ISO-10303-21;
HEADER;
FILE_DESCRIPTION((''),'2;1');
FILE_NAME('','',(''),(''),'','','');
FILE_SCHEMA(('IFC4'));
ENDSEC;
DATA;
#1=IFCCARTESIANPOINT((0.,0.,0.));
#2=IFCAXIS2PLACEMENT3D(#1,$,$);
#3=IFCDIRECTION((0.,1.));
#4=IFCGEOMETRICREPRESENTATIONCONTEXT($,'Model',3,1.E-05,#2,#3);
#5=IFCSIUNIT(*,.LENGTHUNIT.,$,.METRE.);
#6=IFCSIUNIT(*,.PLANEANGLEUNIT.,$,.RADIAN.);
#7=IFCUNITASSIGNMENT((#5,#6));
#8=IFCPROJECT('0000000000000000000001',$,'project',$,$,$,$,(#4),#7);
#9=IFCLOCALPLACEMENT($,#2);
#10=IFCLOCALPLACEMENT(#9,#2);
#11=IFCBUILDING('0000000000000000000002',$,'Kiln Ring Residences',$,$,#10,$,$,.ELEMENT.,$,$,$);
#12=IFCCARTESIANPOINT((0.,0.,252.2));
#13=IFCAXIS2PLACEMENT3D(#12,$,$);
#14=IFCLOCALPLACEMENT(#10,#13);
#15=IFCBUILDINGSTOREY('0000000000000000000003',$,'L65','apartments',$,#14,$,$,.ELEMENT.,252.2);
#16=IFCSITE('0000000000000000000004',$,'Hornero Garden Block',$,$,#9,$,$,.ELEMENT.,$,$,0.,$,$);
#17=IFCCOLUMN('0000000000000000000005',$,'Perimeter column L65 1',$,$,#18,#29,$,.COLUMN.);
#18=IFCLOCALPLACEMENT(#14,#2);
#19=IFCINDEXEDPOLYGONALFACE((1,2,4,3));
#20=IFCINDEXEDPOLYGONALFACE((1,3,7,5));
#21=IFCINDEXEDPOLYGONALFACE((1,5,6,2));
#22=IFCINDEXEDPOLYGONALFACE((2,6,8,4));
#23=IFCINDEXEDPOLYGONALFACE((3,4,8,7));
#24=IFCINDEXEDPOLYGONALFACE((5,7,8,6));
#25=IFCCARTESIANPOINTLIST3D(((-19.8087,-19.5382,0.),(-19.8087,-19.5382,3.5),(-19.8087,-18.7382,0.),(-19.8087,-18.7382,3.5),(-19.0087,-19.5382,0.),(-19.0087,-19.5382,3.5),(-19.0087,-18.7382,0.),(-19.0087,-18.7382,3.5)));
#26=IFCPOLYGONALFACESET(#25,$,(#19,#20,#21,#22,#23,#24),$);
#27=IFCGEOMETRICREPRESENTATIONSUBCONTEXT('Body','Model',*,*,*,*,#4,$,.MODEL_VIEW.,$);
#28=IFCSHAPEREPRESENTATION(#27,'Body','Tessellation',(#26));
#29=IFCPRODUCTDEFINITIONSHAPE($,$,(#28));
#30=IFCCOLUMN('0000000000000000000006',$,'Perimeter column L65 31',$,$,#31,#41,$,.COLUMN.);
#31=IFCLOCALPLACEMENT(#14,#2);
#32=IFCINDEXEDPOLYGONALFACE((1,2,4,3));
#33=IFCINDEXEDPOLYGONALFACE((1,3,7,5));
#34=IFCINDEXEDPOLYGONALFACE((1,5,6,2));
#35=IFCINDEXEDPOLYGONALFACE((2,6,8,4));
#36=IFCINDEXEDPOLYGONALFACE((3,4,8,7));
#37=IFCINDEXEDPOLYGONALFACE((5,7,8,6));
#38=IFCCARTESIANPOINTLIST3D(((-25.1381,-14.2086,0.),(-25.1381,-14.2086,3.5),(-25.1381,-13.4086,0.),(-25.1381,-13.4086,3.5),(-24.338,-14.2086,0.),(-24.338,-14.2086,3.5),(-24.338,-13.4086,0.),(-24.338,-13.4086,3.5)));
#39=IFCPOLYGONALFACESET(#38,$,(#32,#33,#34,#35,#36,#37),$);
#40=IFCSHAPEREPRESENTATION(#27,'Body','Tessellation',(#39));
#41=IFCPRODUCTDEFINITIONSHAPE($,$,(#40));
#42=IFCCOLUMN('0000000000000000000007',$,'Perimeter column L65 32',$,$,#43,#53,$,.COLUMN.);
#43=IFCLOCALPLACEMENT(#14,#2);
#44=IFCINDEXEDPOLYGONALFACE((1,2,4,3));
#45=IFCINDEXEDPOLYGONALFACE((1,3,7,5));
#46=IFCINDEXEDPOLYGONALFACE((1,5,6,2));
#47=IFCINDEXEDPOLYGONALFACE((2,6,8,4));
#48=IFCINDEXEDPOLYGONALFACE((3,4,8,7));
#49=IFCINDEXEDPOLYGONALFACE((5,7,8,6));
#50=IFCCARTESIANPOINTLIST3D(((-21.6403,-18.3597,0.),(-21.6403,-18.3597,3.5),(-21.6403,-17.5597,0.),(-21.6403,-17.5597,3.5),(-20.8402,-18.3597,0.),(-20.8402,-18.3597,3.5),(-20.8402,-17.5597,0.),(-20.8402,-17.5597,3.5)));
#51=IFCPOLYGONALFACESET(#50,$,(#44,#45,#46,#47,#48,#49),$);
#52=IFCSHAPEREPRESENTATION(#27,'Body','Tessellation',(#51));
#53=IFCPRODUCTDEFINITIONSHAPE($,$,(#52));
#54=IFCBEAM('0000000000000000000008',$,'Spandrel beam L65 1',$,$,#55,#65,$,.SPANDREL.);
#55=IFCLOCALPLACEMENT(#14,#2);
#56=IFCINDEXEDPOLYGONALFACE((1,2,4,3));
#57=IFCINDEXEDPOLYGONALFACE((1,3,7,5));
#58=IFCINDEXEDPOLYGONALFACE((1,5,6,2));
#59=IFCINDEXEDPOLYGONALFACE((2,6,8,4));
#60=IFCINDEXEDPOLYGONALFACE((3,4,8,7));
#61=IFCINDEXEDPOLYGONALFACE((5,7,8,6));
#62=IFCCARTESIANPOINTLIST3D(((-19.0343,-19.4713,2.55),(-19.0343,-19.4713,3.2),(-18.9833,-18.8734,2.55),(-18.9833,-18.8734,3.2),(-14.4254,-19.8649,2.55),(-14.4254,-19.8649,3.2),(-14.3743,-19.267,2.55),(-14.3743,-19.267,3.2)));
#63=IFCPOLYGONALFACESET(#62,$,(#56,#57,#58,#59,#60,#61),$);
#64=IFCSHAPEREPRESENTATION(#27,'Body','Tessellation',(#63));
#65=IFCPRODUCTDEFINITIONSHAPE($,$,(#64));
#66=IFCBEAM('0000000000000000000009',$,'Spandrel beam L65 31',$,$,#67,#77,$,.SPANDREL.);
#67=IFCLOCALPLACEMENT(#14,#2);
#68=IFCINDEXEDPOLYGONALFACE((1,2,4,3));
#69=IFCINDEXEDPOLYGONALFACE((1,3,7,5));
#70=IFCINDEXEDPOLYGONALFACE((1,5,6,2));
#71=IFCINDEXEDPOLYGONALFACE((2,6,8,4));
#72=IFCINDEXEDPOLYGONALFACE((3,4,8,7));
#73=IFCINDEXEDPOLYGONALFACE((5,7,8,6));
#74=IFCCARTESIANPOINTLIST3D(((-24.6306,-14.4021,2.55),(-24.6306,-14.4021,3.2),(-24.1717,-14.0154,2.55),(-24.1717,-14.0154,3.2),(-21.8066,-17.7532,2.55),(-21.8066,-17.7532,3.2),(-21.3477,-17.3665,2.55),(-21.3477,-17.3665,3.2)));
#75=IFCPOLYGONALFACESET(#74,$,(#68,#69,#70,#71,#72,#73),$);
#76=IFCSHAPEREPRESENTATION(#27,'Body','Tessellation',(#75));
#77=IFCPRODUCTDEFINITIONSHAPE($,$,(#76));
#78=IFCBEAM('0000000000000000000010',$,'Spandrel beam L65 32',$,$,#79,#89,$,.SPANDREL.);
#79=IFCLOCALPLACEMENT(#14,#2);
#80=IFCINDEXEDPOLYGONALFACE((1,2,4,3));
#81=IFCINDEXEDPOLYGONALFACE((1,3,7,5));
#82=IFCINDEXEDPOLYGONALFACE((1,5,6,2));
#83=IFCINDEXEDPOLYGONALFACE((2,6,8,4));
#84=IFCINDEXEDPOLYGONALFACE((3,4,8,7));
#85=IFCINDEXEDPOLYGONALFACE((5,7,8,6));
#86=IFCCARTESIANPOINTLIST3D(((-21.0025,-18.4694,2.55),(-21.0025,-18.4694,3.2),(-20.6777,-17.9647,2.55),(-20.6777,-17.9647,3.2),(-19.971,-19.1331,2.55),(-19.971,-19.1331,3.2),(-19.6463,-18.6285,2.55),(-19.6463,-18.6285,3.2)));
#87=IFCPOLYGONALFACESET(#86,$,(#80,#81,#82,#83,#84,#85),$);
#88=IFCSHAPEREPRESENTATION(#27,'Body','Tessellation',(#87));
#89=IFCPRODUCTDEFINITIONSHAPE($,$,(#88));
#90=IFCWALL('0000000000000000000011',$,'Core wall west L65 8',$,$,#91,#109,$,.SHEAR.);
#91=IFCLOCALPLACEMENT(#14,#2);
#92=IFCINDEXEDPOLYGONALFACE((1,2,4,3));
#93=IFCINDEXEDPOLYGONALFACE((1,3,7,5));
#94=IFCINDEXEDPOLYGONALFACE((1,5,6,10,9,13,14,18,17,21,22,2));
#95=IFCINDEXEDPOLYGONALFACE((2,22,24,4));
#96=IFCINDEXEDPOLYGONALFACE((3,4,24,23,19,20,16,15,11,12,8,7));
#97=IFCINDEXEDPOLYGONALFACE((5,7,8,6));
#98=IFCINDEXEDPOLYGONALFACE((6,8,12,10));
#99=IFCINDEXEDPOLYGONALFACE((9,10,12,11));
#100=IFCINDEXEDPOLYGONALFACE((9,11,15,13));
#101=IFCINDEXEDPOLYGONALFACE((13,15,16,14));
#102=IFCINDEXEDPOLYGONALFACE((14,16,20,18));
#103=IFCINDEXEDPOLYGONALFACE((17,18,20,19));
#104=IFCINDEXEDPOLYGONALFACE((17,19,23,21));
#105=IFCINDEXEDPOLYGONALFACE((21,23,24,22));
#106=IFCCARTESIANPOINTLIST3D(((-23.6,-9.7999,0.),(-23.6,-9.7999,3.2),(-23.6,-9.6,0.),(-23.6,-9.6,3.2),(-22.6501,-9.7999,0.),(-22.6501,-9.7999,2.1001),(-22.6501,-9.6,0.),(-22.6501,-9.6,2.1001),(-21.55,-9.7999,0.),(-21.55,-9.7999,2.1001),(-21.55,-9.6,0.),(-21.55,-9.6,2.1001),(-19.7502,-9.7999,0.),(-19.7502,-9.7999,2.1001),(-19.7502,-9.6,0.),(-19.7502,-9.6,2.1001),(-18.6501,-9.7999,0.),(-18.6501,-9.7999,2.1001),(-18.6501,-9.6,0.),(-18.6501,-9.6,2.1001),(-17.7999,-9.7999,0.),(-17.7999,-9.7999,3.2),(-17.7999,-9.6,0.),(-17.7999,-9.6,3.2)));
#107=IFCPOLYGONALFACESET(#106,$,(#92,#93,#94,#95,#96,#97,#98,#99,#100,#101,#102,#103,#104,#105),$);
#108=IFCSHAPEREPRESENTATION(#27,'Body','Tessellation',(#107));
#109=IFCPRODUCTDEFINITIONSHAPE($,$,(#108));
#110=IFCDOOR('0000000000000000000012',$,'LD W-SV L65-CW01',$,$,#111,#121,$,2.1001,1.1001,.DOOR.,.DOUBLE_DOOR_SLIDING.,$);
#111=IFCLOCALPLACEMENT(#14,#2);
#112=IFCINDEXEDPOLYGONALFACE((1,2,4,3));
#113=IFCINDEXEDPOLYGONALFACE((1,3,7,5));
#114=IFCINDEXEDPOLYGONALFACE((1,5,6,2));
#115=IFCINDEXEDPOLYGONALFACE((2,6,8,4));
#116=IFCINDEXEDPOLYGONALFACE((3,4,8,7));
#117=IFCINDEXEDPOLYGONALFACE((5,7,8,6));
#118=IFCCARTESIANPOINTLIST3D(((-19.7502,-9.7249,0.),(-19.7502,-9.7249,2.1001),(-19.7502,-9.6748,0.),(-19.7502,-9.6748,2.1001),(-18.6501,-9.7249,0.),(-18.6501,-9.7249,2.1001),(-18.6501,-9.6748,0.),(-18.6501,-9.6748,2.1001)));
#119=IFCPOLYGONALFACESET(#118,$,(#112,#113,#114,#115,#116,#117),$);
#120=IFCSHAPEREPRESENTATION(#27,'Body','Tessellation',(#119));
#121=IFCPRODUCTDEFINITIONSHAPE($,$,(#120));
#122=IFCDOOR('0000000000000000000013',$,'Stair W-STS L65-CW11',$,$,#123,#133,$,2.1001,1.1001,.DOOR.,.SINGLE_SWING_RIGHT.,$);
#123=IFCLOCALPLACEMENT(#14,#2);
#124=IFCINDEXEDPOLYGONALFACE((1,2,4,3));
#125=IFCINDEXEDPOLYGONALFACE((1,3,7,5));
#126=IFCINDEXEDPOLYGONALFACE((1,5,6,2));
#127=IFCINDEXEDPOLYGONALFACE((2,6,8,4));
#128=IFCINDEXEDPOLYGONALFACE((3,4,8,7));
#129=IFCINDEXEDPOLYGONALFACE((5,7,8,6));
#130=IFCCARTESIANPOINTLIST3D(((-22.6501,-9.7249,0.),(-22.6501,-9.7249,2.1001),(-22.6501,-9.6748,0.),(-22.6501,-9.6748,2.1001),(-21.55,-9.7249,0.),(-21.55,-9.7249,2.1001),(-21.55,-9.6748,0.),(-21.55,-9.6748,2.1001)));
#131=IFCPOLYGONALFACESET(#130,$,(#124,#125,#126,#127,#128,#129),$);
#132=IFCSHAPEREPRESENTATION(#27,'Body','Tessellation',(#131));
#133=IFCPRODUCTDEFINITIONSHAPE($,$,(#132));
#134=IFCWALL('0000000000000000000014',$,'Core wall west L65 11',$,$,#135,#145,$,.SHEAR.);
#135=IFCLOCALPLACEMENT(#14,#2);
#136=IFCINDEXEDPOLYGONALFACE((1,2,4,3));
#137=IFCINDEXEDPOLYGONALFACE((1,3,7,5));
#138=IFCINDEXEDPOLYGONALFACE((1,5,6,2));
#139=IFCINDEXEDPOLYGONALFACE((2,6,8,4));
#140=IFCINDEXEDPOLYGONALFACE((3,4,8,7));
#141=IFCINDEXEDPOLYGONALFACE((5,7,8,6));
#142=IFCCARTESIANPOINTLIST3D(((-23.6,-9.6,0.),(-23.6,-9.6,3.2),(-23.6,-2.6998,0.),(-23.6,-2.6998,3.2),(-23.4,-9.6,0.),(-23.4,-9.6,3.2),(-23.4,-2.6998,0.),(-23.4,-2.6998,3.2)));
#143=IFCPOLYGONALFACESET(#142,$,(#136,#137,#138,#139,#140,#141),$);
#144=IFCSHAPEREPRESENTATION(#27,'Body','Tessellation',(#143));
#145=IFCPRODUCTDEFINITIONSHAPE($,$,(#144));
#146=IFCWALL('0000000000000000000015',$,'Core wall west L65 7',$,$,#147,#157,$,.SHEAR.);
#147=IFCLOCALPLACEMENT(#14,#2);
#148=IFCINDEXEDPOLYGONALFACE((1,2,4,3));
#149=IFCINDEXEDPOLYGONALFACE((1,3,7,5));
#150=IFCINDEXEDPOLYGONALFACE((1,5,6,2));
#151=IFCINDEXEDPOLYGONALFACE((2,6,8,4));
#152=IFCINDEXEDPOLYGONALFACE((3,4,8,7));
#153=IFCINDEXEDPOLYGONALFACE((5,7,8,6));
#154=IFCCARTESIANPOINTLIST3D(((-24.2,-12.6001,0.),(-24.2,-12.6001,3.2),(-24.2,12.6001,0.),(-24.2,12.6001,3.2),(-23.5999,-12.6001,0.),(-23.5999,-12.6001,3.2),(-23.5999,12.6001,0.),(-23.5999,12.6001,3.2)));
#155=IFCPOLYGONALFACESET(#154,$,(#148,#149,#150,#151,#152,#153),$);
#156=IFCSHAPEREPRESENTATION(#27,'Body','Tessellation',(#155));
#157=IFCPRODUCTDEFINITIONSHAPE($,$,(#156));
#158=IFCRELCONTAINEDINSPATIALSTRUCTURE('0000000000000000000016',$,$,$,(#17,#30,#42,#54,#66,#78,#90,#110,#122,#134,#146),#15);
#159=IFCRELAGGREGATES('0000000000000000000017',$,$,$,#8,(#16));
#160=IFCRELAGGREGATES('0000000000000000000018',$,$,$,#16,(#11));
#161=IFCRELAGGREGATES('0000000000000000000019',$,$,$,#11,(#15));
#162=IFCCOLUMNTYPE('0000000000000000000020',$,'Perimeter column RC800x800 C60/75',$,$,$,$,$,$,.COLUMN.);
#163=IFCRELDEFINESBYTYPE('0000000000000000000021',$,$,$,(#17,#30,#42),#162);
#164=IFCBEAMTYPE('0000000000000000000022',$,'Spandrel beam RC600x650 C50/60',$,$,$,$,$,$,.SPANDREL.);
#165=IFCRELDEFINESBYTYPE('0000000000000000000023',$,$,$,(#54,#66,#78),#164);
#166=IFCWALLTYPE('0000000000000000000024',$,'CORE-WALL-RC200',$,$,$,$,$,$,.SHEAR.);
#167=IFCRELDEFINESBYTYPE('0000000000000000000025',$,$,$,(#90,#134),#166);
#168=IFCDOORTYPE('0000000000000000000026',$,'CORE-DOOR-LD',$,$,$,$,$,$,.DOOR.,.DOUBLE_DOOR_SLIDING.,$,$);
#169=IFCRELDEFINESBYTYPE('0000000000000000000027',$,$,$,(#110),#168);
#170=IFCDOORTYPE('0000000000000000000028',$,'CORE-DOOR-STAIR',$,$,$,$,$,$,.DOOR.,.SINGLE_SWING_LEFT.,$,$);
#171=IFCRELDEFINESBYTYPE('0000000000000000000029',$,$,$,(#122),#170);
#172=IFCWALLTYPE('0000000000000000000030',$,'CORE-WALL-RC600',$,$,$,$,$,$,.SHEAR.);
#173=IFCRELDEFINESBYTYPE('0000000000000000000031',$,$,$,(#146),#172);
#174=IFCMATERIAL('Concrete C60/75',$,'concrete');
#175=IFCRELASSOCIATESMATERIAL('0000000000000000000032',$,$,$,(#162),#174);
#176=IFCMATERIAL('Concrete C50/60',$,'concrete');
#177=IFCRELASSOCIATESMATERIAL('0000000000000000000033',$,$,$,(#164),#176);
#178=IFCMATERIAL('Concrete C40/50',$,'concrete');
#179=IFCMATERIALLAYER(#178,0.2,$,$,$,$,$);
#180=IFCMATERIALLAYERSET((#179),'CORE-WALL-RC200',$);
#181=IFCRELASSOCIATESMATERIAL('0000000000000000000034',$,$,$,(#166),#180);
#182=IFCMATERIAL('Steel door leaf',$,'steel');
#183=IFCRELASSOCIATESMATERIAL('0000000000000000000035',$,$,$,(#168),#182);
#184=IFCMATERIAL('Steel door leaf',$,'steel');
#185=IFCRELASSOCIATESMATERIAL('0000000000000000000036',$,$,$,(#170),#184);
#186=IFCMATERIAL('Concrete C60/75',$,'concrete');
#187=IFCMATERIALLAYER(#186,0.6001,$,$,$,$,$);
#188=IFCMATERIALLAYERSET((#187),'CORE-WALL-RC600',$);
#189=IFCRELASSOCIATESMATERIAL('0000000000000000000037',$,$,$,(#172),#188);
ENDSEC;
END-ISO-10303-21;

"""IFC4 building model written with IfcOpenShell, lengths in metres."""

from ifc_helpers import new_model, si_unit, direction, frame, frame_2d, origin, origin_2d, place, context, subcontext, project, spatial, rectangle, extrude, material, layer, layer_set, material_profile, profile_set, type_object, element, fill, save


model = new_model("IFC4")

# Units and contexts
model_context = context("Model", 3, precision=1e-05, world=origin(), true_north=direction((0.0, 1.0)))
body_context = subcontext(model_context, "Body", "Model", "MODEL_VIEW")
ifc_project = project(units=[si_unit("LENGTHUNIT", "METRE"), si_unit("PLANEANGLEUNIT", "RADIAN")], contexts=[model_context])

# Site, building, storey
site_placement = place(None, origin())
site = spatial("IfcSite", under=ifc_project, at=site_placement, Name="Hornero Garden Block", CompositionType="ELEMENT", RefElevation=0.0)
building_placement = place(site_placement, origin())
building = spatial("IfcBuilding", under=site, at=building_placement, Name="Kiln Ring Residences", CompositionType="ELEMENT")
storey_placement = place(building_placement, frame((0.0, 0.0, 252.2)))
storey = spatial("IfcBuildingStorey", under=building, at=storey_placement, Name="L65", Description="apartments", CompositionType="ELEMENT", Elevation=252.2)

# Columns
ifc_material_1 = material(Name="Concrete C60/75", Category="concrete")
ifc_material_profile_1 = material_profile(ifc_material_1, rectangle(XDim=0.8, YDim=0.8, at=origin_2d()), Name="RC800x800")
ifc_profile_set_1 = profile_set([ifc_material_profile_1], Name="Concrete C60/75")
column_type = type_object("IfcColumnType", Name="Perimeter column RC800x800 C60/75", PredefinedType="COLUMN", material=ifc_profile_set_1)
for number, where, z_axis, x_axis, name in (
    (1, (-19.4087, -19.1382, 0.0), (0.0, 0.0, 1.0), (1.0, 0.0, 0.0), "Perimeter column L65 1"),
    (2, (-24.738, -13.8086, 0.0), (0.0, 0.0, 1.0), (1.0, 0.0, 0.0), "Perimeter column L65 31"),
    (3, (-21.2402, -17.9597, 0.0), (0.0, 0.0, 1.0), (1.0, 0.0, 0.0), "Perimeter column L65 32"),
):
    element("IfcColumn", number, at=place(storey_placement, frame(where, z_axis=z_axis, x_axis=x_axis)), inside=storey, type_object=column_type, Name=name, PredefinedType="COLUMN", context=body_context, shape_type="SweptSolid", body=[
        extrude(rectangle(XDim=0.8, YDim=0.8, at=origin_2d()), origin(), (0.0, 0.0, 1.0), 3.5),
    ])

# Beams
ifc_material_2 = material(Name="Concrete C50/60", Category="concrete")
ifc_material_profile_2 = material_profile(ifc_material_2, rectangle(XDim=0.6001, YDim=0.6499, at=origin_2d()), Name="RC600x650")
ifc_profile_set_2 = profile_set([ifc_material_profile_2], Name="Concrete C50/60")
beam_type = type_object("IfcBeamType", Name="Spandrel beam RC600x650 C50/60", PredefinedType="SPANDREL", material=ifc_profile_set_2)
beam_1_placement = place(storey_placement, frame((-19.0088, -19.1724, 2.875), z_axis=(0.996374, -0.085081, 0.0), x_axis=(0.085081, 0.996374, 0.0)))
element("IfcBeam", 4, at=beam_1_placement, inside=storey, type_object=beam_type, Name="Spandrel beam L65 1", PredefinedType="SPANDREL", context=body_context, shape_type="SweptSolid", body=[
    extrude(rectangle(XDim=0.6001, YDim=0.6499, at=origin_2d()), origin(), (0.0, 0.0, 1.0), 4.6257),
])
beam_2_placement = place(storey_placement, frame((-24.4011, -14.2087, 2.875), z_axis=(0.644405, -0.764684, 0.0), x_axis=(0.764684, 0.644405, 0.0)))
element("IfcBeam", 5, at=beam_2_placement, inside=storey, type_object=beam_type, Name="Spandrel beam L65 31", PredefinedType="SPANDREL", context=body_context, shape_type="SweptSolid", body=[
    extrude(rectangle(XDim=0.6001, YDim=0.6499, at=origin_2d()), origin(), (0.0, 0.0, 1.0), 4.3823),
])
beam_3_placement = place(storey_placement, frame((-20.8401, -18.217, 2.875), z_axis=(0.840913, -0.54117, 0.0), x_axis=(0.54117, 0.840913, 0.0)))
element("IfcBeam", 6, at=beam_3_placement, inside=storey, type_object=beam_type, Name="Spandrel beam L65 32", PredefinedType="SPANDREL", context=body_context, shape_type="SweptSolid", body=[
    extrude(rectangle(XDim=0.6001, YDim=0.6499, at=origin_2d()), origin(), (0.0, 0.0, 1.0), 1.2266),
])

# Wall, openings, doors
ifc_material_3 = material(Name="Concrete C40/50", Category="concrete")
ifc_layer_1 = layer(ifc_material_3, 0.2)
ifc_layer_set_1 = layer_set([ifc_layer_1], Name="CORE-WALL-RC200")
wall_type_1 = type_object("IfcWallType", Name="CORE-WALL-RC200", PredefinedType="SHEAR", material=ifc_layer_set_1)
wall_1_placement = place(storey_placement, frame((-17.8, -9.7, 0.0), z_axis=(0.0, 0.0, 1.0), x_axis=(-1.0, 0.0, 0.0)))
wall_1 = element("IfcWall", 7, at=wall_1_placement, inside=storey, type_object=wall_type_1, Name="Core wall west L65 8", PredefinedType="SHEAR", context=body_context, shape_type="SweptSolid", body=[
    extrude(rectangle(XDim=5.8, YDim=0.2, at=frame_2d((2.8999, 0.0))), origin(), (0.0, 0.0, 1.0), 3.2),
])
opening_1_placement = place(wall_1_placement, frame((0.8501, 0.0, 0.0)))
opening_1 = element("IfcOpeningElement", 8, at=opening_1_placement, cuts=wall_1, PredefinedType="OPENING", context=body_context, shape_type="SweptSolid", body=[
    extrude(rectangle(XDim=1.1001, YDim=2.1001, at=frame_2d((0.55, 1.05))), frame((0.0, 0.1099, 0.0), z_axis=(0.0, -1.0, 0.0), x_axis=(1.0, 0.0, 0.0)), (0.0, 0.0, 1.0), 0.22),
])
opening_2_placement = place(wall_1_placement, frame((3.75, 0.0, 0.0)))
opening_2 = element("IfcOpeningElement", 9, at=opening_2_placement, cuts=wall_1, PredefinedType="OPENING", context=body_context, shape_type="SweptSolid", body=[
    extrude(rectangle(XDim=1.1001, YDim=2.1001, at=frame_2d((0.55, 1.05))), frame((0.0, 0.1099, 0.0), z_axis=(0.0, -1.0, 0.0), x_axis=(1.0, 0.0, 0.0)), (0.0, 0.0, 1.0), 0.22),
])
ifc_material_4 = material(Name="Steel door leaf", Category="steel")
door_type_1 = type_object("IfcDoorType", Name="CORE-DOOR-LD", OperationType="DOUBLE_DOOR_SLIDING", PredefinedType="DOOR", material=ifc_material_4)
door_1_placement = place(opening_1_placement, origin())
door_1 = element("IfcDoor", 10, at=door_1_placement, inside=storey, type_object=door_type_1, Name="LD W-SV L65-CW01", OperationType="DOUBLE_DOOR_SLIDING", OverallHeight=2.1001, OverallWidth=1.1001, PredefinedType="DOOR", context=body_context, shape_type="SweptSolid", body=[
    extrude(rectangle(XDim=1.1001, YDim=2.1001, at=frame_2d((0.55, 1.05))), frame((0.0, 0.0249, 0.0), z_axis=(0.0, -1.0, 0.0), x_axis=(1.0, 0.0, 0.0)), (0.0, 0.0, 1.0), 0.05),
])
fill(opening_1, door_1)
ifc_material_5 = material(Name="Steel door leaf", Category="steel")
door_type_2 = type_object("IfcDoorType", Name="CORE-DOOR-STAIR", OperationType="SINGLE_SWING_LEFT", PredefinedType="DOOR", material=ifc_material_5)
door_2_placement = place(opening_2_placement, origin())
door_2 = element("IfcDoor", 11, at=door_2_placement, inside=storey, type_object=door_type_2, Name="Stair W-STS L65-CW11", OperationType="SINGLE_SWING_RIGHT", OverallHeight=2.1001, OverallWidth=1.1001, PredefinedType="DOOR", context=body_context, shape_type="SweptSolid", body=[
    extrude(rectangle(XDim=1.1001, YDim=2.1001, at=frame_2d((0.55, 1.05))), frame((0.0, 0.0249, 0.0), z_axis=(0.0, -1.0, 0.0), x_axis=(1.0, 0.0, 0.0)), (0.0, 0.0, 1.0), 0.05),
])
fill(opening_2, door_2)

# Walls
wall_2_placement = place(storey_placement, frame((-23.5, -9.6001, 0.0), z_axis=(0.0, 0.0, 1.0), x_axis=(0.0, 1.0, 0.0)))
element("IfcWall", 12, at=wall_2_placement, inside=storey, type_object=wall_type_1, Name="Core wall west L65 11", PredefinedType="SHEAR", context=body_context, shape_type="SweptSolid", body=[
    extrude(rectangle(XDim=6.9001, YDim=0.2, at=frame_2d((3.4502, 0.0))), origin(), (0.0, 0.0, 1.0), 3.2),
])
ifc_material_6 = material(Name="Concrete C60/75", Category="concrete")
ifc_layer_2 = layer(ifc_material_6, 0.6001)
ifc_layer_set_2 = layer_set([ifc_layer_2], Name="CORE-WALL-RC600")
wall_type_2 = type_object("IfcWallType", Name="CORE-WALL-RC600", PredefinedType="SHEAR", material=ifc_layer_set_2)
wall_3_placement = place(storey_placement, frame((-23.8999, -12.6001, 0.0), z_axis=(0.0, 0.0, 1.0), x_axis=(0.0, 1.0, 0.0)))
element("IfcWall", 13, at=wall_3_placement, inside=storey, type_object=wall_type_2, Name="Core wall west L65 7", PredefinedType="SHEAR", context=body_context, shape_type="SweptSolid", body=[
    extrude(rectangle(XDim=25.2002, YDim=0.6001, at=frame_2d((12.6001, 0.0))), origin(), (0.0, 0.0, 1.0), 3.2),
])

save(model, "model.ifc")
